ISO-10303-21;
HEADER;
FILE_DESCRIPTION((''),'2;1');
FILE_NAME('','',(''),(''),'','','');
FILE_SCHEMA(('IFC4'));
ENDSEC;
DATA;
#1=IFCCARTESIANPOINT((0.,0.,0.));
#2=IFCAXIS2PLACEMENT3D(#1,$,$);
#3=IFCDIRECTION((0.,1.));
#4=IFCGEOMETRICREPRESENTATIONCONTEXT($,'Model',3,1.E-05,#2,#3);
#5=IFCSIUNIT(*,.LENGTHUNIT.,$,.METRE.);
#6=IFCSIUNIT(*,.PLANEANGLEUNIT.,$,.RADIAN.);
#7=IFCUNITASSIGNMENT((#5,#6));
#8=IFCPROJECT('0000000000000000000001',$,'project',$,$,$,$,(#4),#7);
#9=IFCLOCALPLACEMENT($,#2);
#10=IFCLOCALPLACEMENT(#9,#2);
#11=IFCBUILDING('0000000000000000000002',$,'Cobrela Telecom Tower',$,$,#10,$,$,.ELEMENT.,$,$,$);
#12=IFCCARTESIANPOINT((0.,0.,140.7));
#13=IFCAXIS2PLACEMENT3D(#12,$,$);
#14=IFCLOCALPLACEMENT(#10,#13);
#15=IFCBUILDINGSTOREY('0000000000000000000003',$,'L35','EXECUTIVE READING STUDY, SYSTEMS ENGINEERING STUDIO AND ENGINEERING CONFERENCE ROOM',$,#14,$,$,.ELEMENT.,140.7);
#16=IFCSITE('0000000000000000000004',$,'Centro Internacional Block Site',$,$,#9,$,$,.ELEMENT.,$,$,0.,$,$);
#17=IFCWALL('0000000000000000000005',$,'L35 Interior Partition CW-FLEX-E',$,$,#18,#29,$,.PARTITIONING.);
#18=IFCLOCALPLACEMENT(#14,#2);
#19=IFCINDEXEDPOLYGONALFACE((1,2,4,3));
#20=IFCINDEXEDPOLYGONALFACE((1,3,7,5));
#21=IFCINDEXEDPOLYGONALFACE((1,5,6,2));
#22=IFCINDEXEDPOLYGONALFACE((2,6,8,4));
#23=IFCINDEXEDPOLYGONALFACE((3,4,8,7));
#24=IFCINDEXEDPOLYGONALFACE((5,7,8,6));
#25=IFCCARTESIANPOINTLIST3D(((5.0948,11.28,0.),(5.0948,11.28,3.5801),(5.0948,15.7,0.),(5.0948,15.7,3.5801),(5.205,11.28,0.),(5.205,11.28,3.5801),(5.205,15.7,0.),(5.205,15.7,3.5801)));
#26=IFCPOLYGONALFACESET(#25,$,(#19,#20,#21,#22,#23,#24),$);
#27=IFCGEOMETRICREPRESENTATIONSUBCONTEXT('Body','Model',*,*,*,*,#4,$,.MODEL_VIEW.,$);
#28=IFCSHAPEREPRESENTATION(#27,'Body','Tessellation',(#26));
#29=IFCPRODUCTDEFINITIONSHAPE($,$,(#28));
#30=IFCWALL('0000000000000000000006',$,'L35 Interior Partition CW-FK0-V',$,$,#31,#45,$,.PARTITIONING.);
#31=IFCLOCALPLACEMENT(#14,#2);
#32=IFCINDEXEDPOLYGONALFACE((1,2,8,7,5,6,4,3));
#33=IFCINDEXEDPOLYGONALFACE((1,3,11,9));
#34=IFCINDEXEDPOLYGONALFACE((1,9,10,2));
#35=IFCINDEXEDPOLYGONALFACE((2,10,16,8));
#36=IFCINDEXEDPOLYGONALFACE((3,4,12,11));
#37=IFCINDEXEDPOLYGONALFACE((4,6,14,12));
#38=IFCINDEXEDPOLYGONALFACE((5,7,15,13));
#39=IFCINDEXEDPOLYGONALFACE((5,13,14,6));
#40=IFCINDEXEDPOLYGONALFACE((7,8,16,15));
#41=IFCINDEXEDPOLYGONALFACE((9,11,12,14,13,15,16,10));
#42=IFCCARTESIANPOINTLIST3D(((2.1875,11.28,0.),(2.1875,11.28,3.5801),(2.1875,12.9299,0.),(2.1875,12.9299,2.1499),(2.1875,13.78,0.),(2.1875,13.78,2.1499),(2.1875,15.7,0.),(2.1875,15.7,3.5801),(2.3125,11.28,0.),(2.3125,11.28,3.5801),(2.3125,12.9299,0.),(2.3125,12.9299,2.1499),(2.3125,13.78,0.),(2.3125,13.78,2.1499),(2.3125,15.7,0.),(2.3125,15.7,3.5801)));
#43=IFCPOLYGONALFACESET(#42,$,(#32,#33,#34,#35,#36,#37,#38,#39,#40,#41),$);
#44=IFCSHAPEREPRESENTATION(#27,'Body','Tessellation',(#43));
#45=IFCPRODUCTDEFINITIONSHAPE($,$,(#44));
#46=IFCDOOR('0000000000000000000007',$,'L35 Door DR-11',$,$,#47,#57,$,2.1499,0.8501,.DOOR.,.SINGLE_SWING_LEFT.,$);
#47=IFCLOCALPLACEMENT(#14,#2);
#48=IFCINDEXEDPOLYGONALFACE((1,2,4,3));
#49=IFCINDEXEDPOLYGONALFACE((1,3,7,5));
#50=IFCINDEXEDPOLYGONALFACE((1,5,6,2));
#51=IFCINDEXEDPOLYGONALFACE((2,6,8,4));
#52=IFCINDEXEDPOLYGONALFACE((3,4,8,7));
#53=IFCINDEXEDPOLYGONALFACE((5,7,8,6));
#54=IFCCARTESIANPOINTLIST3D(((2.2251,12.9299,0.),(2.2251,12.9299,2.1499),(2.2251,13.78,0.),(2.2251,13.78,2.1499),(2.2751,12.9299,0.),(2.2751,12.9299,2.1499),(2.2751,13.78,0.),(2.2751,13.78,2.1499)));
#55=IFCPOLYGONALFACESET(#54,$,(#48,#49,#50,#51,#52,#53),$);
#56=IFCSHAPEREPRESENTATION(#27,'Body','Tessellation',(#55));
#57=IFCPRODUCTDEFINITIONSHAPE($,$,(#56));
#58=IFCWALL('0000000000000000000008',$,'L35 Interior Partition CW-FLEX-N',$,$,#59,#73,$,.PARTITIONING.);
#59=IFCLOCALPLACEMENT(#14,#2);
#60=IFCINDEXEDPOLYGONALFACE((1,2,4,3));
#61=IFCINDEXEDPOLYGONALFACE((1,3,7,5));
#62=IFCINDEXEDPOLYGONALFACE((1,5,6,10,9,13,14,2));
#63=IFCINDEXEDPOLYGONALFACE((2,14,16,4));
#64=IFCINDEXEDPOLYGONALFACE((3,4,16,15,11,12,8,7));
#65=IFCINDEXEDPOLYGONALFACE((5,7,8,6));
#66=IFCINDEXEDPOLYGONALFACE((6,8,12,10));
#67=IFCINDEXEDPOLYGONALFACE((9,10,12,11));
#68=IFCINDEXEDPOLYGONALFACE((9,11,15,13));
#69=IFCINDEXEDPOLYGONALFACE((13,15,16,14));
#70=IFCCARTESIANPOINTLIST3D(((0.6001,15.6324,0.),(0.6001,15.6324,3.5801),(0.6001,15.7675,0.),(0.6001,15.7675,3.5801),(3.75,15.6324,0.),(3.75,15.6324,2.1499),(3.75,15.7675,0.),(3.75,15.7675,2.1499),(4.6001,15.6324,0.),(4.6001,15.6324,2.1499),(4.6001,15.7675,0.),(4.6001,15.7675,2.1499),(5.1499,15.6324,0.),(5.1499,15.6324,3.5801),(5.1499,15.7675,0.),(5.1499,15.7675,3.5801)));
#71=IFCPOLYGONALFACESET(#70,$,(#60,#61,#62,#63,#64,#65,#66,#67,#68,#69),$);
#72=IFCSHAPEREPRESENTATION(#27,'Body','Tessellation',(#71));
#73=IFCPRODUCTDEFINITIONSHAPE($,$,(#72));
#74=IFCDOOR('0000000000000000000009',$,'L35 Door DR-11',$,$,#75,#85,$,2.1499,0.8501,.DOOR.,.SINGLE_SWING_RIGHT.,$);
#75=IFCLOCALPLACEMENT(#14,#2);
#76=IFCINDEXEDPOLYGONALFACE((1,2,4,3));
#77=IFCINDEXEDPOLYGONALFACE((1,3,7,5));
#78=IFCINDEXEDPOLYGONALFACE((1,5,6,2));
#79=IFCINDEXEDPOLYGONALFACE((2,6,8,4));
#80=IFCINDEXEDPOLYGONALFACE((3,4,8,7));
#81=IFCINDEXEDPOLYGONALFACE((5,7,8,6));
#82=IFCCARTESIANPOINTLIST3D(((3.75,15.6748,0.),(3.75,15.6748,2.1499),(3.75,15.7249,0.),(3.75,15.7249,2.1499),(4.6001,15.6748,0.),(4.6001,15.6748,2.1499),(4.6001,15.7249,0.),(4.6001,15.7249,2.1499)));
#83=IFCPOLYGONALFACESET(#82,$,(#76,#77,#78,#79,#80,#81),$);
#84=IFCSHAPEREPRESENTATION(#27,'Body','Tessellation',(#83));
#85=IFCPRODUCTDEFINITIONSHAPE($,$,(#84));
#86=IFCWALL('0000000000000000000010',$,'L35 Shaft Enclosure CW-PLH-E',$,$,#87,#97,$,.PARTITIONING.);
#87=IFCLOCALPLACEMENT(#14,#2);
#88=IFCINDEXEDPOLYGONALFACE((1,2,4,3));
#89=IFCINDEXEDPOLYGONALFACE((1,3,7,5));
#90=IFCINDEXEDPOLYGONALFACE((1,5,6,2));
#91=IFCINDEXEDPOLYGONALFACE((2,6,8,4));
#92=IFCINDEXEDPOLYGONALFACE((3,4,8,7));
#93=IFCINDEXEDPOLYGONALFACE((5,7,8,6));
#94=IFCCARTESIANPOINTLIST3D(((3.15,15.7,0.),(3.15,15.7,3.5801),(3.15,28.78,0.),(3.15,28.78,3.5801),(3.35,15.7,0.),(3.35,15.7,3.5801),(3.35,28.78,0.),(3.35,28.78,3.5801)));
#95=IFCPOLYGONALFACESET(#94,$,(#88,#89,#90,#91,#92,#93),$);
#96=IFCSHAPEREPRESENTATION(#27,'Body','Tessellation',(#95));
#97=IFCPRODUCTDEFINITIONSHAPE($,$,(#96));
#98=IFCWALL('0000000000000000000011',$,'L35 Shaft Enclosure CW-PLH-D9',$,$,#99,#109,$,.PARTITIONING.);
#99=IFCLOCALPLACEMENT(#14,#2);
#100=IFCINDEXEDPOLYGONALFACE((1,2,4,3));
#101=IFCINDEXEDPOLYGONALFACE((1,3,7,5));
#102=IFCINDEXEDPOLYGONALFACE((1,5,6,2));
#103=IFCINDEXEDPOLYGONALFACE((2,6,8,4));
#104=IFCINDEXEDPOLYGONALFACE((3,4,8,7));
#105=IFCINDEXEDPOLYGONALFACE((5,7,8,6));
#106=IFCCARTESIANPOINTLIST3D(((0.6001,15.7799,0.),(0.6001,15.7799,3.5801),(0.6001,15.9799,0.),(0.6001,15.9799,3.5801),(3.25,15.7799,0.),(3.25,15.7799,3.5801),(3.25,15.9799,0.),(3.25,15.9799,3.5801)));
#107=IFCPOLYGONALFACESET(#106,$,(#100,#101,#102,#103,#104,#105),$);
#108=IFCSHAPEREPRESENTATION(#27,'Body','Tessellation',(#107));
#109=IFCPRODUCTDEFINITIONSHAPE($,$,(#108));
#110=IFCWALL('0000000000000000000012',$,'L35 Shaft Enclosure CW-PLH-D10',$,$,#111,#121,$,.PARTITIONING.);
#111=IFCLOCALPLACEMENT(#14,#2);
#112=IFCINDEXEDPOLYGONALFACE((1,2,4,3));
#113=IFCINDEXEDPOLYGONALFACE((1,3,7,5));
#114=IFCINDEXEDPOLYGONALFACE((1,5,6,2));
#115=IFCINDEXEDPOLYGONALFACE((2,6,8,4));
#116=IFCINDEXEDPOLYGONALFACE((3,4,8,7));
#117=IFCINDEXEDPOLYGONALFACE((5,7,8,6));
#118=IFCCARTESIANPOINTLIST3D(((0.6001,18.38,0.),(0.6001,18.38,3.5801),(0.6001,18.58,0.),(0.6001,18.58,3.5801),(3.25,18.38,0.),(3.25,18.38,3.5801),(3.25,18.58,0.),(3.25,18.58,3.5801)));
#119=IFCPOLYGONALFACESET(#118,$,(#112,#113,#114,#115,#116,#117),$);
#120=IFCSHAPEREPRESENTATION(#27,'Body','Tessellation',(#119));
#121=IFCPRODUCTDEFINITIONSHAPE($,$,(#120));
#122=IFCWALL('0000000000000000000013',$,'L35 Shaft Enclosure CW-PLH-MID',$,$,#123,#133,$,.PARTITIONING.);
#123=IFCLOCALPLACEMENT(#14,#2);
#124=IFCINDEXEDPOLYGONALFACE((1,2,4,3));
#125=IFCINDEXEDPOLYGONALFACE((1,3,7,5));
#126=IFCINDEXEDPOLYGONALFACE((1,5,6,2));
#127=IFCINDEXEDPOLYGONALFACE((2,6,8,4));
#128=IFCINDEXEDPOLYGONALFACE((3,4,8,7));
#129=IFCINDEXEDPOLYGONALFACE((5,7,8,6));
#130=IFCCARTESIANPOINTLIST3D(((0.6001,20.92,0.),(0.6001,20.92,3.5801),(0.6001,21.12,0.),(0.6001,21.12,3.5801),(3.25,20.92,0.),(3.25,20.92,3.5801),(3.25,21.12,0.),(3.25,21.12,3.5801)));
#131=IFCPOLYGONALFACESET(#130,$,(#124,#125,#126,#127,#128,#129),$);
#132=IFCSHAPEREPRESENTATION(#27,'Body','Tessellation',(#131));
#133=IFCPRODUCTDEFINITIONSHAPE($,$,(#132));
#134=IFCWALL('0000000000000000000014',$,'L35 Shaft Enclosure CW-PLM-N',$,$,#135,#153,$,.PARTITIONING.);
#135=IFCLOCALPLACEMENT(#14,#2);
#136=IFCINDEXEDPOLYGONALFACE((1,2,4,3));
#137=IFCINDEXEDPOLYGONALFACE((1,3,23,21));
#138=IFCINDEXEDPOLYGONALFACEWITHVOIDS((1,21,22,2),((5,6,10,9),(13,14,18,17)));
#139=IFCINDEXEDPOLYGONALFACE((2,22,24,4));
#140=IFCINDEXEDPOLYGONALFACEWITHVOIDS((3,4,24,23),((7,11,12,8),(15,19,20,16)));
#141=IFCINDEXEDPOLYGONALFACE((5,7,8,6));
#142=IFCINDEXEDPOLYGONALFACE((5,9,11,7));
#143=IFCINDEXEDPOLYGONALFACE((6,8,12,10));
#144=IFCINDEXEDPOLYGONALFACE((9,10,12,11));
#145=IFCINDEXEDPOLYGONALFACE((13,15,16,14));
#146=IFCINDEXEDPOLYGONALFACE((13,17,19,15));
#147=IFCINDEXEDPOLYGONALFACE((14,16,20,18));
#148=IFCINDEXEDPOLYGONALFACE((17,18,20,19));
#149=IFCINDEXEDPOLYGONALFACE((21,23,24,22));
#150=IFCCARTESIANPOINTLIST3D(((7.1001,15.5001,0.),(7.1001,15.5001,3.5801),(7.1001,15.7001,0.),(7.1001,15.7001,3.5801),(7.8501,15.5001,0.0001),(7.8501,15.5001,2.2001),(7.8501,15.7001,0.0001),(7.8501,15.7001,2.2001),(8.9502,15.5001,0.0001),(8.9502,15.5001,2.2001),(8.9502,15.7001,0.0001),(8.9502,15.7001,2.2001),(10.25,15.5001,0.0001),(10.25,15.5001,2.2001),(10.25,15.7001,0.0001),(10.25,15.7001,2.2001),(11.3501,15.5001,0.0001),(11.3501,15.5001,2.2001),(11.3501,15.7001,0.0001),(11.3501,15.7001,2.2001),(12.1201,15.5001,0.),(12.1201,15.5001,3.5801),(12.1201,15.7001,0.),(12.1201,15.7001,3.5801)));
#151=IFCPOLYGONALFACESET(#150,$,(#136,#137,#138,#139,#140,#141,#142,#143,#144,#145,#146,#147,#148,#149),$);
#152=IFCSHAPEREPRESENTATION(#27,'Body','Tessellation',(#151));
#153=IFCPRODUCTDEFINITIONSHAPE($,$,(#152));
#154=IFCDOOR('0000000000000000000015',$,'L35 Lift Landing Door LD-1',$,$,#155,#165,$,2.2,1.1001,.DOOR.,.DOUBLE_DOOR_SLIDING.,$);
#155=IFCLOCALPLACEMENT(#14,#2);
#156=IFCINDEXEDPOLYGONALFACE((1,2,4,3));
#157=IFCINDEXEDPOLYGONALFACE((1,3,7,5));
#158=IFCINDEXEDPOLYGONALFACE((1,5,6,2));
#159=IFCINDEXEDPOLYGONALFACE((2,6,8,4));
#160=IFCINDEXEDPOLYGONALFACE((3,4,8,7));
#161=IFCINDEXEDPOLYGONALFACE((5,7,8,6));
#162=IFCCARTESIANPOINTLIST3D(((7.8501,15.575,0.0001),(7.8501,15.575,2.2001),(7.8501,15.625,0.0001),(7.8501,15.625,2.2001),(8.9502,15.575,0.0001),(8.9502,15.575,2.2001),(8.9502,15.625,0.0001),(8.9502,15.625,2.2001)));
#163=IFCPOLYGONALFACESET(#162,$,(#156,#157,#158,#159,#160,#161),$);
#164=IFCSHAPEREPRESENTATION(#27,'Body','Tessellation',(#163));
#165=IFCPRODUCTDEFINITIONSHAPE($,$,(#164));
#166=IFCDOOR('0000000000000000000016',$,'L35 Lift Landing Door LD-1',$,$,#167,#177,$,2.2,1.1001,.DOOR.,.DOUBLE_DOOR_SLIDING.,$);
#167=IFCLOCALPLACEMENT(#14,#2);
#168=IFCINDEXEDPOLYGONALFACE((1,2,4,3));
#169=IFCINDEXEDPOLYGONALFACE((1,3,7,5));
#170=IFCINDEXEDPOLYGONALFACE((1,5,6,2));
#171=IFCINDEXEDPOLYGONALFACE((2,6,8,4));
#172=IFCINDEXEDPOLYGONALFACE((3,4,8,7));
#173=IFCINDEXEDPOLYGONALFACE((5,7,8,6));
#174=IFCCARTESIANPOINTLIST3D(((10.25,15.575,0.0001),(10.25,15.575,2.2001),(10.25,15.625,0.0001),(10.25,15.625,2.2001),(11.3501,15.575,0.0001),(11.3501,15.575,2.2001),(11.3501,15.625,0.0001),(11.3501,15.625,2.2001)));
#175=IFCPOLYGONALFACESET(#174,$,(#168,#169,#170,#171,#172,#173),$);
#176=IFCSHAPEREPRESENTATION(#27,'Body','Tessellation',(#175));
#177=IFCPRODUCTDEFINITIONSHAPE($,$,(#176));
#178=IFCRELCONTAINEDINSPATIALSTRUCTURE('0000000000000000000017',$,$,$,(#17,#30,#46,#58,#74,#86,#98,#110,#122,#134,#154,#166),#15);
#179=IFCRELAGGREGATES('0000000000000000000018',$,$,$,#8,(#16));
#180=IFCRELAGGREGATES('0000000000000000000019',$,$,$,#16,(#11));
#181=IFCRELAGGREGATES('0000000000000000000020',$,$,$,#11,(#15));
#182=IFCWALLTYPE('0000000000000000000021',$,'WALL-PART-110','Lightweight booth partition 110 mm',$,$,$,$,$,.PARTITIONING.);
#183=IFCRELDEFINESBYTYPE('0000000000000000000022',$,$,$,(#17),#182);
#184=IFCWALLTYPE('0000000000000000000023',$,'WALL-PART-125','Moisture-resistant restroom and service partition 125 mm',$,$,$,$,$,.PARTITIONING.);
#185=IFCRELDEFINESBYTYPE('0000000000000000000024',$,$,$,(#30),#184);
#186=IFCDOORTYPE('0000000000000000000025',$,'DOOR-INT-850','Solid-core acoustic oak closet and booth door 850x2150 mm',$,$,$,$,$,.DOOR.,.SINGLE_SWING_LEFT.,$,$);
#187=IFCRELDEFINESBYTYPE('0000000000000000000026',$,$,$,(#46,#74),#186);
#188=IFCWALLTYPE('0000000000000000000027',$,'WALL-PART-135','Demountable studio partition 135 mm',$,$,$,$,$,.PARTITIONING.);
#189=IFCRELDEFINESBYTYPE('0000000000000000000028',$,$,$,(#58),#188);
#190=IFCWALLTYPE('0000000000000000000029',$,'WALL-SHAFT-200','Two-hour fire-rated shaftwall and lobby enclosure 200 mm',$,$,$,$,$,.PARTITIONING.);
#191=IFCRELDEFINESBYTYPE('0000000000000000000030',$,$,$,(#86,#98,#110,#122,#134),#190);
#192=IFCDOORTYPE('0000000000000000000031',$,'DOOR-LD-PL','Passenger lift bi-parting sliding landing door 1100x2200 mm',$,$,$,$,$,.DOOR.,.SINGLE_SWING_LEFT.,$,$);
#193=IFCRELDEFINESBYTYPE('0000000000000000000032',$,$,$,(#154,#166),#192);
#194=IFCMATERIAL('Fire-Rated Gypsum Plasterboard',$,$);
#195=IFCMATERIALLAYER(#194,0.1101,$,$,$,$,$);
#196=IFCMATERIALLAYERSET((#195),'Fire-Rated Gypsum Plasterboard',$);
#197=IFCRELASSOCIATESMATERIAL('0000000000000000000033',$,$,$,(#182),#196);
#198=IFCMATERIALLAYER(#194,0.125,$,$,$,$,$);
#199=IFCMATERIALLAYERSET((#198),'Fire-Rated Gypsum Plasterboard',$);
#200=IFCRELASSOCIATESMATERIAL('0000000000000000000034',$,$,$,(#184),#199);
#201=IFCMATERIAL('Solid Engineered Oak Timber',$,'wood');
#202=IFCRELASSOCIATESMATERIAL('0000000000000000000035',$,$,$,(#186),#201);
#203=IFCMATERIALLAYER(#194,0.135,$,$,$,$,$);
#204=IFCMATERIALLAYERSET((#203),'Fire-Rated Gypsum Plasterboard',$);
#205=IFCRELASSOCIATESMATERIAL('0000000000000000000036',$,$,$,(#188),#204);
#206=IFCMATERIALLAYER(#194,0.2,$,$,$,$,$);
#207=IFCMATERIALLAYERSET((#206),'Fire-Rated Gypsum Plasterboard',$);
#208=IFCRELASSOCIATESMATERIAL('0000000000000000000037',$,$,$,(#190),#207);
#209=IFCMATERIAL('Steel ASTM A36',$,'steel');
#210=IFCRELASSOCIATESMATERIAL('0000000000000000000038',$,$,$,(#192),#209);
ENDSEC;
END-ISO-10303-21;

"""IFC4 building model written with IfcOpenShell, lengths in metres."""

from ifc_helpers import new_model, si_unit, direction, frame, frame_2d, origin, place, context, subcontext, project, spatial, rectangle, extrude, material, layer, layer_set, type_object, element, fill, save


model = new_model("IFC4")

# Units and contexts
model_context = context("Model", 3, precision=1e-05, world=origin(), true_north=direction((0.0, 1.0)))
body_context = subcontext(model_context, "Body", "Model", "MODEL_VIEW")
ifc_project = project(units=[si_unit("LENGTHUNIT", "METRE"), si_unit("PLANEANGLEUNIT", "RADIAN")], contexts=[model_context])

# Site, building, storey
site_placement = place(None, origin())
site = spatial("IfcSite", under=ifc_project, at=site_placement, Name="Centro Internacional Block Site", CompositionType="ELEMENT", RefElevation=0.0)
building_placement = place(site_placement, origin())
building = spatial("IfcBuilding", under=site, at=building_placement, Name="Cobrela Telecom Tower", CompositionType="ELEMENT")
storey_placement = place(building_placement, frame((0.0, 0.0, 140.7)))
storey = spatial("IfcBuildingStorey", under=building, at=storey_placement, Name="L35", Description="EXECUTIVE READING STUDY, SYSTEMS ENGINEERING STUDIO AND ENGINEERING CONFERENCE ROOM", CompositionType="ELEMENT", Elevation=140.7)

# Wall
ifc_material_1 = material(Name="Fire-Rated Gypsum Plasterboard")
ifc_layer_1 = layer(ifc_material_1, 0.1101)
ifc_layer_set_1 = layer_set([ifc_layer_1], Name="Fire-Rated Gypsum Plasterboard")
wall_type_1 = type_object("IfcWallType", Name="WALL-PART-110", Description="Lightweight booth partition 110 mm", PredefinedType="PARTITIONING", material=ifc_layer_set_1)
wall_1_placement = place(storey_placement, frame((5.1499, 11.28, 0.0), z_axis=(0.0, 0.0, 1.0), x_axis=(0.0, 1.0, 0.0)))
element("IfcWall", 1, at=wall_1_placement, inside=storey, type_object=wall_type_1, Name="L35 Interior Partition CW-FLEX-E", PredefinedType="PARTITIONING", context=body_context, shape_type="SweptSolid", body=[
    extrude(rectangle(XDim=4.4199, YDim=0.1101, at=frame_2d((2.21, 0.0))), origin(), (0.0, 0.0, 1.0), 3.5801),
])

# Walls, openings, doors
ifc_layer_2 = layer(ifc_material_1, 0.125)
ifc_layer_set_2 = layer_set([ifc_layer_2], Name="Fire-Rated Gypsum Plasterboard")
wall_type_2 = type_object("IfcWallType", Name="WALL-PART-125", Description="Moisture-resistant restroom and service partition 125 mm", PredefinedType="PARTITIONING", material=ifc_layer_set_2)
wall_2_placement = place(storey_placement, frame((2.25, 11.28, 0.0), z_axis=(0.0, 0.0, 1.0), x_axis=(0.0, 1.0, 0.0)))
wall_2 = element("IfcWall", 2, at=wall_2_placement, inside=storey, type_object=wall_type_2, Name="L35 Interior Partition CW-FK0-V", PredefinedType="PARTITIONING", context=body_context, shape_type="SweptSolid", body=[
    extrude(rectangle(XDim=4.4199, YDim=0.125, at=frame_2d((2.21, 0.0))), origin(), (0.0, 0.0, 1.0), 3.5801),
])
opening_1_placement = place(wall_2_placement, frame((1.6499, 0.0, 0.0)))
opening_1 = element("IfcOpeningElement", 3, at=opening_1_placement, cuts=wall_2, PredefinedType="OPENING", context=body_context, shape_type="SweptSolid", body=[
    extrude(rectangle(XDim=0.8501, YDim=2.1499, at=frame_2d((0.425, 1.075))), frame((0.0, 0.0745, 0.0), z_axis=(0.0, -1.0, 0.0), x_axis=(1.0, 0.0, 0.0)), (0.0, 0.0, 1.0), 0.1489),
])
ifc_material_2 = material(Name="Solid Engineered Oak Timber", Category="wood")
door_type_1 = type_object("IfcDoorType", Name="DOOR-INT-850", Description="Solid-core acoustic oak closet and booth door 850x2150 mm", OperationType="SINGLE_SWING_LEFT", PredefinedType="DOOR", material=ifc_material_2)
door_1_placement = place(opening_1_placement, origin())
door_1 = element("IfcDoor", 4, at=door_1_placement, inside=storey, type_object=door_type_1, Name="L35 Door DR-11", OperationType="SINGLE_SWING_LEFT", OverallHeight=2.1499, OverallWidth=0.8501, PredefinedType="DOOR", context=body_context, shape_type="SweptSolid", body=[
    extrude(rectangle(XDim=0.8501, YDim=2.1499, at=frame_2d((0.425, 1.075))), frame((0.0, 0.0249, 0.0), z_axis=(0.0, -1.0, 0.0), x_axis=(1.0, 0.0, 0.0)), (0.0, 0.0, 1.0), 0.05),
])
fill(opening_1, door_1)
ifc_layer_3 = layer(ifc_material_1, 0.135)
ifc_layer_set_3 = layer_set([ifc_layer_3], Name="Fire-Rated Gypsum Plasterboard")
wall_type_3 = type_object("IfcWallType", Name="WALL-PART-135", Description="Demountable studio partition 135 mm", PredefinedType="PARTITIONING", material=ifc_layer_set_3)
wall_3_placement = place(storey_placement, frame((0.6001, 15.7, 0.0), z_axis=(0.0, 0.0, 1.0), x_axis=(1.0, 0.0, 0.0)))
wall_3 = element("IfcWall", 5, at=wall_3_placement, inside=storey, type_object=wall_type_3, Name="L35 Interior Partition CW-FLEX-N", PredefinedType="PARTITIONING", context=body_context, shape_type="SweptSolid", body=[
    extrude(rectangle(XDim=4.5498, YDim=0.135, at=frame_2d((2.2749, 0.0))), origin(), (0.0, 0.0, 1.0), 3.5801),
])
opening_2_placement = place(wall_3_placement, frame((3.1499, 0.0, 0.0)))
opening_2 = element("IfcOpeningElement", 6, at=opening_2_placement, cuts=wall_3, PredefinedType="OPENING", context=body_context, shape_type="SweptSolid", body=[
    extrude(rectangle(XDim=0.8501, YDim=2.1499, at=frame_2d((0.425, 1.075))), frame((0.0, 0.0796, 0.0), z_axis=(0.0, -1.0, 0.0), x_axis=(1.0, 0.0, 0.0)), (0.0, 0.0, 1.0), 0.1589),
])
door_2_placement = place(opening_2_placement, origin())
door_2 = element("IfcDoor", 7, at=door_2_placement, inside=storey, type_object=door_type_1, Name="L35 Door DR-11", OperationType="SINGLE_SWING_RIGHT", OverallHeight=2.1499, OverallWidth=0.8501, PredefinedType="DOOR", context=body_context, shape_type="SweptSolid", body=[
    extrude(rectangle(XDim=0.8501, YDim=2.1499, at=frame_2d((0.425, 1.075))), frame((0.0, 0.0249, 0.0), z_axis=(0.0, -1.0, 0.0), x_axis=(1.0, 0.0, 0.0)), (0.0, 0.0, 1.0), 0.05),
])
fill(opening_2, door_2)

# Walls
ifc_layer_4 = layer(ifc_material_1, 0.2)
ifc_layer_set_4 = layer_set([ifc_layer_4], Name="Fire-Rated Gypsum Plasterboard")
wall_type_4 = type_object("IfcWallType", Name="WALL-SHAFT-200", Description="Two-hour fire-rated shaftwall and lobby enclosure 200 mm", PredefinedType="PARTITIONING", material=ifc_layer_set_4)
wall_4_placement = place(storey_placement, frame((3.25, 15.7, 0.0), z_axis=(0.0, 0.0, 1.0), x_axis=(0.0, 1.0, 0.0)))
element("IfcWall", 8, at=wall_4_placement, inside=storey, type_object=wall_type_4, Name="L35 Shaft Enclosure CW-PLH-E", PredefinedType="PARTITIONING", context=body_context, shape_type="SweptSolid", body=[
    extrude(rectangle(XDim=13.0801, YDim=0.2, at=frame_2d((6.54, 0.0))), origin(), (0.0, 0.0, 1.0), 3.5801),
])
for number, where, z_axis, x_axis, name in (
    (9, (0.6001, 15.8799, 0.0), (0.0, 0.0, 1.0), (1.0, 0.0, 0.0), "L35 Shaft Enclosure CW-PLH-D9"),
    (10, (0.6001, 18.48, 0.0), (0.0, 0.0, 1.0), (1.0, 0.0, 0.0), "L35 Shaft Enclosure CW-PLH-D10"),
    (11, (0.6001, 21.02, 0.0), (0.0, 0.0, 1.0), (1.0, 0.0, 0.0), "L35 Shaft Enclosure CW-PLH-MID"),
):
    element("IfcWall", number, at=place(storey_placement, frame(where, z_axis=z_axis, x_axis=x_axis)), inside=storey, type_object=wall_type_4, Name=name, PredefinedType="PARTITIONING", context=body_context, shape_type="SweptSolid", body=[
        extrude(rectangle(XDim=2.6499, YDim=0.2, at=frame_2d((1.325, 0.0))), origin(), (0.0, 0.0, 1.0), 3.5801),
    ])

# Wall, openings, doors
wall_5_placement = place(storey_placement, frame((7.1001, 15.6001, 0.0), z_axis=(0.0, 0.0, 1.0), x_axis=(1.0, 0.0, 0.0)))
wall_5 = element("IfcWall", 12, at=wall_5_placement, inside=storey, type_object=wall_type_4, Name="L35 Shaft Enclosure CW-PLM-N", PredefinedType="PARTITIONING", context=body_context, shape_type="SweptSolid", body=[
    extrude(rectangle(XDim=5.02, YDim=0.2, at=frame_2d((2.51, 0.0))), origin(), (0.0, 0.0, 1.0), 3.5801),
])
opening_3_placement = place(wall_5_placement, frame((0.75, 0.0, 0.0)))
opening_3 = element("IfcOpeningElement", 13, at=opening_3_placement, cuts=wall_5, PredefinedType="OPENING", context=body_context, shape_type="SweptSolid", body=[
    extrude(rectangle(XDim=1.1001, YDim=2.2, at=frame_2d((0.55, 1.1001))), frame((0.0, 0.1118, 0.0), z_axis=(0.0, -1.0, 0.0), x_axis=(1.0, 0.0, 0.0)), (0.0, 0.0, 1.0), 0.2239),
])
opening_4_placement = place(wall_5_placement, frame((3.1499, 0.0, 0.0)))
opening_4 = element("IfcOpeningElement", 14, at=opening_4_placement, cuts=wall_5, PredefinedType="OPENING", context=body_context, shape_type="SweptSolid", body=[
    extrude(rectangle(XDim=1.1001, YDim=2.2, at=frame_2d((0.55, 1.1001))), frame((0.0, 0.1118, 0.0), z_axis=(0.0, -1.0, 0.0), x_axis=(1.0, 0.0, 0.0)), (0.0, 0.0, 1.0), 0.2239),
])
ifc_material_3 = material(Name="Steel ASTM A36", Category="steel")
door_type_2 = type_object("IfcDoorType", Name="DOOR-LD-PL", Description="Passenger lift bi-parting sliding landing door 1100x2200 mm", OperationType="SINGLE_SWING_LEFT", PredefinedType="DOOR", material=ifc_material_3)
door_3_placement = place(opening_3_placement, origin())
door_3 = element("IfcDoor", 15, at=door_3_placement, inside=storey, type_object=door_type_2, Name="L35 Lift Landing Door LD-1", OperationType="DOUBLE_DOOR_SLIDING", OverallHeight=2.2, OverallWidth=1.1001, PredefinedType="DOOR", context=body_context, shape_type="SweptSolid", body=[
    extrude(rectangle(XDim=1.1001, YDim=2.2, at=frame_2d((0.55, 1.1001))), frame((0.0, 0.0249, 0.0), z_axis=(0.0, -1.0, 0.0), x_axis=(1.0, 0.0, 0.0)), (0.0, 0.0, 1.0), 0.05),
])
fill(opening_3, door_3)
door_4_placement = place(opening_4_placement, origin())
door_4 = element("IfcDoor", 16, at=door_4_placement, inside=storey, type_object=door_type_2, Name="L35 Lift Landing Door LD-1", OperationType="DOUBLE_DOOR_SLIDING", OverallHeight=2.2, OverallWidth=1.1001, PredefinedType="DOOR", context=body_context, shape_type="SweptSolid", body=[
    extrude(rectangle(XDim=1.1001, YDim=2.2, at=frame_2d((0.55, 1.1001))), frame((0.0, 0.0249, 0.0), z_axis=(0.0, -1.0, 0.0), x_axis=(1.0, 0.0, 0.0)), (0.0, 0.0, 1.0), 0.05),
])
fill(opening_4, door_4)

save(model, "model.ifc")
